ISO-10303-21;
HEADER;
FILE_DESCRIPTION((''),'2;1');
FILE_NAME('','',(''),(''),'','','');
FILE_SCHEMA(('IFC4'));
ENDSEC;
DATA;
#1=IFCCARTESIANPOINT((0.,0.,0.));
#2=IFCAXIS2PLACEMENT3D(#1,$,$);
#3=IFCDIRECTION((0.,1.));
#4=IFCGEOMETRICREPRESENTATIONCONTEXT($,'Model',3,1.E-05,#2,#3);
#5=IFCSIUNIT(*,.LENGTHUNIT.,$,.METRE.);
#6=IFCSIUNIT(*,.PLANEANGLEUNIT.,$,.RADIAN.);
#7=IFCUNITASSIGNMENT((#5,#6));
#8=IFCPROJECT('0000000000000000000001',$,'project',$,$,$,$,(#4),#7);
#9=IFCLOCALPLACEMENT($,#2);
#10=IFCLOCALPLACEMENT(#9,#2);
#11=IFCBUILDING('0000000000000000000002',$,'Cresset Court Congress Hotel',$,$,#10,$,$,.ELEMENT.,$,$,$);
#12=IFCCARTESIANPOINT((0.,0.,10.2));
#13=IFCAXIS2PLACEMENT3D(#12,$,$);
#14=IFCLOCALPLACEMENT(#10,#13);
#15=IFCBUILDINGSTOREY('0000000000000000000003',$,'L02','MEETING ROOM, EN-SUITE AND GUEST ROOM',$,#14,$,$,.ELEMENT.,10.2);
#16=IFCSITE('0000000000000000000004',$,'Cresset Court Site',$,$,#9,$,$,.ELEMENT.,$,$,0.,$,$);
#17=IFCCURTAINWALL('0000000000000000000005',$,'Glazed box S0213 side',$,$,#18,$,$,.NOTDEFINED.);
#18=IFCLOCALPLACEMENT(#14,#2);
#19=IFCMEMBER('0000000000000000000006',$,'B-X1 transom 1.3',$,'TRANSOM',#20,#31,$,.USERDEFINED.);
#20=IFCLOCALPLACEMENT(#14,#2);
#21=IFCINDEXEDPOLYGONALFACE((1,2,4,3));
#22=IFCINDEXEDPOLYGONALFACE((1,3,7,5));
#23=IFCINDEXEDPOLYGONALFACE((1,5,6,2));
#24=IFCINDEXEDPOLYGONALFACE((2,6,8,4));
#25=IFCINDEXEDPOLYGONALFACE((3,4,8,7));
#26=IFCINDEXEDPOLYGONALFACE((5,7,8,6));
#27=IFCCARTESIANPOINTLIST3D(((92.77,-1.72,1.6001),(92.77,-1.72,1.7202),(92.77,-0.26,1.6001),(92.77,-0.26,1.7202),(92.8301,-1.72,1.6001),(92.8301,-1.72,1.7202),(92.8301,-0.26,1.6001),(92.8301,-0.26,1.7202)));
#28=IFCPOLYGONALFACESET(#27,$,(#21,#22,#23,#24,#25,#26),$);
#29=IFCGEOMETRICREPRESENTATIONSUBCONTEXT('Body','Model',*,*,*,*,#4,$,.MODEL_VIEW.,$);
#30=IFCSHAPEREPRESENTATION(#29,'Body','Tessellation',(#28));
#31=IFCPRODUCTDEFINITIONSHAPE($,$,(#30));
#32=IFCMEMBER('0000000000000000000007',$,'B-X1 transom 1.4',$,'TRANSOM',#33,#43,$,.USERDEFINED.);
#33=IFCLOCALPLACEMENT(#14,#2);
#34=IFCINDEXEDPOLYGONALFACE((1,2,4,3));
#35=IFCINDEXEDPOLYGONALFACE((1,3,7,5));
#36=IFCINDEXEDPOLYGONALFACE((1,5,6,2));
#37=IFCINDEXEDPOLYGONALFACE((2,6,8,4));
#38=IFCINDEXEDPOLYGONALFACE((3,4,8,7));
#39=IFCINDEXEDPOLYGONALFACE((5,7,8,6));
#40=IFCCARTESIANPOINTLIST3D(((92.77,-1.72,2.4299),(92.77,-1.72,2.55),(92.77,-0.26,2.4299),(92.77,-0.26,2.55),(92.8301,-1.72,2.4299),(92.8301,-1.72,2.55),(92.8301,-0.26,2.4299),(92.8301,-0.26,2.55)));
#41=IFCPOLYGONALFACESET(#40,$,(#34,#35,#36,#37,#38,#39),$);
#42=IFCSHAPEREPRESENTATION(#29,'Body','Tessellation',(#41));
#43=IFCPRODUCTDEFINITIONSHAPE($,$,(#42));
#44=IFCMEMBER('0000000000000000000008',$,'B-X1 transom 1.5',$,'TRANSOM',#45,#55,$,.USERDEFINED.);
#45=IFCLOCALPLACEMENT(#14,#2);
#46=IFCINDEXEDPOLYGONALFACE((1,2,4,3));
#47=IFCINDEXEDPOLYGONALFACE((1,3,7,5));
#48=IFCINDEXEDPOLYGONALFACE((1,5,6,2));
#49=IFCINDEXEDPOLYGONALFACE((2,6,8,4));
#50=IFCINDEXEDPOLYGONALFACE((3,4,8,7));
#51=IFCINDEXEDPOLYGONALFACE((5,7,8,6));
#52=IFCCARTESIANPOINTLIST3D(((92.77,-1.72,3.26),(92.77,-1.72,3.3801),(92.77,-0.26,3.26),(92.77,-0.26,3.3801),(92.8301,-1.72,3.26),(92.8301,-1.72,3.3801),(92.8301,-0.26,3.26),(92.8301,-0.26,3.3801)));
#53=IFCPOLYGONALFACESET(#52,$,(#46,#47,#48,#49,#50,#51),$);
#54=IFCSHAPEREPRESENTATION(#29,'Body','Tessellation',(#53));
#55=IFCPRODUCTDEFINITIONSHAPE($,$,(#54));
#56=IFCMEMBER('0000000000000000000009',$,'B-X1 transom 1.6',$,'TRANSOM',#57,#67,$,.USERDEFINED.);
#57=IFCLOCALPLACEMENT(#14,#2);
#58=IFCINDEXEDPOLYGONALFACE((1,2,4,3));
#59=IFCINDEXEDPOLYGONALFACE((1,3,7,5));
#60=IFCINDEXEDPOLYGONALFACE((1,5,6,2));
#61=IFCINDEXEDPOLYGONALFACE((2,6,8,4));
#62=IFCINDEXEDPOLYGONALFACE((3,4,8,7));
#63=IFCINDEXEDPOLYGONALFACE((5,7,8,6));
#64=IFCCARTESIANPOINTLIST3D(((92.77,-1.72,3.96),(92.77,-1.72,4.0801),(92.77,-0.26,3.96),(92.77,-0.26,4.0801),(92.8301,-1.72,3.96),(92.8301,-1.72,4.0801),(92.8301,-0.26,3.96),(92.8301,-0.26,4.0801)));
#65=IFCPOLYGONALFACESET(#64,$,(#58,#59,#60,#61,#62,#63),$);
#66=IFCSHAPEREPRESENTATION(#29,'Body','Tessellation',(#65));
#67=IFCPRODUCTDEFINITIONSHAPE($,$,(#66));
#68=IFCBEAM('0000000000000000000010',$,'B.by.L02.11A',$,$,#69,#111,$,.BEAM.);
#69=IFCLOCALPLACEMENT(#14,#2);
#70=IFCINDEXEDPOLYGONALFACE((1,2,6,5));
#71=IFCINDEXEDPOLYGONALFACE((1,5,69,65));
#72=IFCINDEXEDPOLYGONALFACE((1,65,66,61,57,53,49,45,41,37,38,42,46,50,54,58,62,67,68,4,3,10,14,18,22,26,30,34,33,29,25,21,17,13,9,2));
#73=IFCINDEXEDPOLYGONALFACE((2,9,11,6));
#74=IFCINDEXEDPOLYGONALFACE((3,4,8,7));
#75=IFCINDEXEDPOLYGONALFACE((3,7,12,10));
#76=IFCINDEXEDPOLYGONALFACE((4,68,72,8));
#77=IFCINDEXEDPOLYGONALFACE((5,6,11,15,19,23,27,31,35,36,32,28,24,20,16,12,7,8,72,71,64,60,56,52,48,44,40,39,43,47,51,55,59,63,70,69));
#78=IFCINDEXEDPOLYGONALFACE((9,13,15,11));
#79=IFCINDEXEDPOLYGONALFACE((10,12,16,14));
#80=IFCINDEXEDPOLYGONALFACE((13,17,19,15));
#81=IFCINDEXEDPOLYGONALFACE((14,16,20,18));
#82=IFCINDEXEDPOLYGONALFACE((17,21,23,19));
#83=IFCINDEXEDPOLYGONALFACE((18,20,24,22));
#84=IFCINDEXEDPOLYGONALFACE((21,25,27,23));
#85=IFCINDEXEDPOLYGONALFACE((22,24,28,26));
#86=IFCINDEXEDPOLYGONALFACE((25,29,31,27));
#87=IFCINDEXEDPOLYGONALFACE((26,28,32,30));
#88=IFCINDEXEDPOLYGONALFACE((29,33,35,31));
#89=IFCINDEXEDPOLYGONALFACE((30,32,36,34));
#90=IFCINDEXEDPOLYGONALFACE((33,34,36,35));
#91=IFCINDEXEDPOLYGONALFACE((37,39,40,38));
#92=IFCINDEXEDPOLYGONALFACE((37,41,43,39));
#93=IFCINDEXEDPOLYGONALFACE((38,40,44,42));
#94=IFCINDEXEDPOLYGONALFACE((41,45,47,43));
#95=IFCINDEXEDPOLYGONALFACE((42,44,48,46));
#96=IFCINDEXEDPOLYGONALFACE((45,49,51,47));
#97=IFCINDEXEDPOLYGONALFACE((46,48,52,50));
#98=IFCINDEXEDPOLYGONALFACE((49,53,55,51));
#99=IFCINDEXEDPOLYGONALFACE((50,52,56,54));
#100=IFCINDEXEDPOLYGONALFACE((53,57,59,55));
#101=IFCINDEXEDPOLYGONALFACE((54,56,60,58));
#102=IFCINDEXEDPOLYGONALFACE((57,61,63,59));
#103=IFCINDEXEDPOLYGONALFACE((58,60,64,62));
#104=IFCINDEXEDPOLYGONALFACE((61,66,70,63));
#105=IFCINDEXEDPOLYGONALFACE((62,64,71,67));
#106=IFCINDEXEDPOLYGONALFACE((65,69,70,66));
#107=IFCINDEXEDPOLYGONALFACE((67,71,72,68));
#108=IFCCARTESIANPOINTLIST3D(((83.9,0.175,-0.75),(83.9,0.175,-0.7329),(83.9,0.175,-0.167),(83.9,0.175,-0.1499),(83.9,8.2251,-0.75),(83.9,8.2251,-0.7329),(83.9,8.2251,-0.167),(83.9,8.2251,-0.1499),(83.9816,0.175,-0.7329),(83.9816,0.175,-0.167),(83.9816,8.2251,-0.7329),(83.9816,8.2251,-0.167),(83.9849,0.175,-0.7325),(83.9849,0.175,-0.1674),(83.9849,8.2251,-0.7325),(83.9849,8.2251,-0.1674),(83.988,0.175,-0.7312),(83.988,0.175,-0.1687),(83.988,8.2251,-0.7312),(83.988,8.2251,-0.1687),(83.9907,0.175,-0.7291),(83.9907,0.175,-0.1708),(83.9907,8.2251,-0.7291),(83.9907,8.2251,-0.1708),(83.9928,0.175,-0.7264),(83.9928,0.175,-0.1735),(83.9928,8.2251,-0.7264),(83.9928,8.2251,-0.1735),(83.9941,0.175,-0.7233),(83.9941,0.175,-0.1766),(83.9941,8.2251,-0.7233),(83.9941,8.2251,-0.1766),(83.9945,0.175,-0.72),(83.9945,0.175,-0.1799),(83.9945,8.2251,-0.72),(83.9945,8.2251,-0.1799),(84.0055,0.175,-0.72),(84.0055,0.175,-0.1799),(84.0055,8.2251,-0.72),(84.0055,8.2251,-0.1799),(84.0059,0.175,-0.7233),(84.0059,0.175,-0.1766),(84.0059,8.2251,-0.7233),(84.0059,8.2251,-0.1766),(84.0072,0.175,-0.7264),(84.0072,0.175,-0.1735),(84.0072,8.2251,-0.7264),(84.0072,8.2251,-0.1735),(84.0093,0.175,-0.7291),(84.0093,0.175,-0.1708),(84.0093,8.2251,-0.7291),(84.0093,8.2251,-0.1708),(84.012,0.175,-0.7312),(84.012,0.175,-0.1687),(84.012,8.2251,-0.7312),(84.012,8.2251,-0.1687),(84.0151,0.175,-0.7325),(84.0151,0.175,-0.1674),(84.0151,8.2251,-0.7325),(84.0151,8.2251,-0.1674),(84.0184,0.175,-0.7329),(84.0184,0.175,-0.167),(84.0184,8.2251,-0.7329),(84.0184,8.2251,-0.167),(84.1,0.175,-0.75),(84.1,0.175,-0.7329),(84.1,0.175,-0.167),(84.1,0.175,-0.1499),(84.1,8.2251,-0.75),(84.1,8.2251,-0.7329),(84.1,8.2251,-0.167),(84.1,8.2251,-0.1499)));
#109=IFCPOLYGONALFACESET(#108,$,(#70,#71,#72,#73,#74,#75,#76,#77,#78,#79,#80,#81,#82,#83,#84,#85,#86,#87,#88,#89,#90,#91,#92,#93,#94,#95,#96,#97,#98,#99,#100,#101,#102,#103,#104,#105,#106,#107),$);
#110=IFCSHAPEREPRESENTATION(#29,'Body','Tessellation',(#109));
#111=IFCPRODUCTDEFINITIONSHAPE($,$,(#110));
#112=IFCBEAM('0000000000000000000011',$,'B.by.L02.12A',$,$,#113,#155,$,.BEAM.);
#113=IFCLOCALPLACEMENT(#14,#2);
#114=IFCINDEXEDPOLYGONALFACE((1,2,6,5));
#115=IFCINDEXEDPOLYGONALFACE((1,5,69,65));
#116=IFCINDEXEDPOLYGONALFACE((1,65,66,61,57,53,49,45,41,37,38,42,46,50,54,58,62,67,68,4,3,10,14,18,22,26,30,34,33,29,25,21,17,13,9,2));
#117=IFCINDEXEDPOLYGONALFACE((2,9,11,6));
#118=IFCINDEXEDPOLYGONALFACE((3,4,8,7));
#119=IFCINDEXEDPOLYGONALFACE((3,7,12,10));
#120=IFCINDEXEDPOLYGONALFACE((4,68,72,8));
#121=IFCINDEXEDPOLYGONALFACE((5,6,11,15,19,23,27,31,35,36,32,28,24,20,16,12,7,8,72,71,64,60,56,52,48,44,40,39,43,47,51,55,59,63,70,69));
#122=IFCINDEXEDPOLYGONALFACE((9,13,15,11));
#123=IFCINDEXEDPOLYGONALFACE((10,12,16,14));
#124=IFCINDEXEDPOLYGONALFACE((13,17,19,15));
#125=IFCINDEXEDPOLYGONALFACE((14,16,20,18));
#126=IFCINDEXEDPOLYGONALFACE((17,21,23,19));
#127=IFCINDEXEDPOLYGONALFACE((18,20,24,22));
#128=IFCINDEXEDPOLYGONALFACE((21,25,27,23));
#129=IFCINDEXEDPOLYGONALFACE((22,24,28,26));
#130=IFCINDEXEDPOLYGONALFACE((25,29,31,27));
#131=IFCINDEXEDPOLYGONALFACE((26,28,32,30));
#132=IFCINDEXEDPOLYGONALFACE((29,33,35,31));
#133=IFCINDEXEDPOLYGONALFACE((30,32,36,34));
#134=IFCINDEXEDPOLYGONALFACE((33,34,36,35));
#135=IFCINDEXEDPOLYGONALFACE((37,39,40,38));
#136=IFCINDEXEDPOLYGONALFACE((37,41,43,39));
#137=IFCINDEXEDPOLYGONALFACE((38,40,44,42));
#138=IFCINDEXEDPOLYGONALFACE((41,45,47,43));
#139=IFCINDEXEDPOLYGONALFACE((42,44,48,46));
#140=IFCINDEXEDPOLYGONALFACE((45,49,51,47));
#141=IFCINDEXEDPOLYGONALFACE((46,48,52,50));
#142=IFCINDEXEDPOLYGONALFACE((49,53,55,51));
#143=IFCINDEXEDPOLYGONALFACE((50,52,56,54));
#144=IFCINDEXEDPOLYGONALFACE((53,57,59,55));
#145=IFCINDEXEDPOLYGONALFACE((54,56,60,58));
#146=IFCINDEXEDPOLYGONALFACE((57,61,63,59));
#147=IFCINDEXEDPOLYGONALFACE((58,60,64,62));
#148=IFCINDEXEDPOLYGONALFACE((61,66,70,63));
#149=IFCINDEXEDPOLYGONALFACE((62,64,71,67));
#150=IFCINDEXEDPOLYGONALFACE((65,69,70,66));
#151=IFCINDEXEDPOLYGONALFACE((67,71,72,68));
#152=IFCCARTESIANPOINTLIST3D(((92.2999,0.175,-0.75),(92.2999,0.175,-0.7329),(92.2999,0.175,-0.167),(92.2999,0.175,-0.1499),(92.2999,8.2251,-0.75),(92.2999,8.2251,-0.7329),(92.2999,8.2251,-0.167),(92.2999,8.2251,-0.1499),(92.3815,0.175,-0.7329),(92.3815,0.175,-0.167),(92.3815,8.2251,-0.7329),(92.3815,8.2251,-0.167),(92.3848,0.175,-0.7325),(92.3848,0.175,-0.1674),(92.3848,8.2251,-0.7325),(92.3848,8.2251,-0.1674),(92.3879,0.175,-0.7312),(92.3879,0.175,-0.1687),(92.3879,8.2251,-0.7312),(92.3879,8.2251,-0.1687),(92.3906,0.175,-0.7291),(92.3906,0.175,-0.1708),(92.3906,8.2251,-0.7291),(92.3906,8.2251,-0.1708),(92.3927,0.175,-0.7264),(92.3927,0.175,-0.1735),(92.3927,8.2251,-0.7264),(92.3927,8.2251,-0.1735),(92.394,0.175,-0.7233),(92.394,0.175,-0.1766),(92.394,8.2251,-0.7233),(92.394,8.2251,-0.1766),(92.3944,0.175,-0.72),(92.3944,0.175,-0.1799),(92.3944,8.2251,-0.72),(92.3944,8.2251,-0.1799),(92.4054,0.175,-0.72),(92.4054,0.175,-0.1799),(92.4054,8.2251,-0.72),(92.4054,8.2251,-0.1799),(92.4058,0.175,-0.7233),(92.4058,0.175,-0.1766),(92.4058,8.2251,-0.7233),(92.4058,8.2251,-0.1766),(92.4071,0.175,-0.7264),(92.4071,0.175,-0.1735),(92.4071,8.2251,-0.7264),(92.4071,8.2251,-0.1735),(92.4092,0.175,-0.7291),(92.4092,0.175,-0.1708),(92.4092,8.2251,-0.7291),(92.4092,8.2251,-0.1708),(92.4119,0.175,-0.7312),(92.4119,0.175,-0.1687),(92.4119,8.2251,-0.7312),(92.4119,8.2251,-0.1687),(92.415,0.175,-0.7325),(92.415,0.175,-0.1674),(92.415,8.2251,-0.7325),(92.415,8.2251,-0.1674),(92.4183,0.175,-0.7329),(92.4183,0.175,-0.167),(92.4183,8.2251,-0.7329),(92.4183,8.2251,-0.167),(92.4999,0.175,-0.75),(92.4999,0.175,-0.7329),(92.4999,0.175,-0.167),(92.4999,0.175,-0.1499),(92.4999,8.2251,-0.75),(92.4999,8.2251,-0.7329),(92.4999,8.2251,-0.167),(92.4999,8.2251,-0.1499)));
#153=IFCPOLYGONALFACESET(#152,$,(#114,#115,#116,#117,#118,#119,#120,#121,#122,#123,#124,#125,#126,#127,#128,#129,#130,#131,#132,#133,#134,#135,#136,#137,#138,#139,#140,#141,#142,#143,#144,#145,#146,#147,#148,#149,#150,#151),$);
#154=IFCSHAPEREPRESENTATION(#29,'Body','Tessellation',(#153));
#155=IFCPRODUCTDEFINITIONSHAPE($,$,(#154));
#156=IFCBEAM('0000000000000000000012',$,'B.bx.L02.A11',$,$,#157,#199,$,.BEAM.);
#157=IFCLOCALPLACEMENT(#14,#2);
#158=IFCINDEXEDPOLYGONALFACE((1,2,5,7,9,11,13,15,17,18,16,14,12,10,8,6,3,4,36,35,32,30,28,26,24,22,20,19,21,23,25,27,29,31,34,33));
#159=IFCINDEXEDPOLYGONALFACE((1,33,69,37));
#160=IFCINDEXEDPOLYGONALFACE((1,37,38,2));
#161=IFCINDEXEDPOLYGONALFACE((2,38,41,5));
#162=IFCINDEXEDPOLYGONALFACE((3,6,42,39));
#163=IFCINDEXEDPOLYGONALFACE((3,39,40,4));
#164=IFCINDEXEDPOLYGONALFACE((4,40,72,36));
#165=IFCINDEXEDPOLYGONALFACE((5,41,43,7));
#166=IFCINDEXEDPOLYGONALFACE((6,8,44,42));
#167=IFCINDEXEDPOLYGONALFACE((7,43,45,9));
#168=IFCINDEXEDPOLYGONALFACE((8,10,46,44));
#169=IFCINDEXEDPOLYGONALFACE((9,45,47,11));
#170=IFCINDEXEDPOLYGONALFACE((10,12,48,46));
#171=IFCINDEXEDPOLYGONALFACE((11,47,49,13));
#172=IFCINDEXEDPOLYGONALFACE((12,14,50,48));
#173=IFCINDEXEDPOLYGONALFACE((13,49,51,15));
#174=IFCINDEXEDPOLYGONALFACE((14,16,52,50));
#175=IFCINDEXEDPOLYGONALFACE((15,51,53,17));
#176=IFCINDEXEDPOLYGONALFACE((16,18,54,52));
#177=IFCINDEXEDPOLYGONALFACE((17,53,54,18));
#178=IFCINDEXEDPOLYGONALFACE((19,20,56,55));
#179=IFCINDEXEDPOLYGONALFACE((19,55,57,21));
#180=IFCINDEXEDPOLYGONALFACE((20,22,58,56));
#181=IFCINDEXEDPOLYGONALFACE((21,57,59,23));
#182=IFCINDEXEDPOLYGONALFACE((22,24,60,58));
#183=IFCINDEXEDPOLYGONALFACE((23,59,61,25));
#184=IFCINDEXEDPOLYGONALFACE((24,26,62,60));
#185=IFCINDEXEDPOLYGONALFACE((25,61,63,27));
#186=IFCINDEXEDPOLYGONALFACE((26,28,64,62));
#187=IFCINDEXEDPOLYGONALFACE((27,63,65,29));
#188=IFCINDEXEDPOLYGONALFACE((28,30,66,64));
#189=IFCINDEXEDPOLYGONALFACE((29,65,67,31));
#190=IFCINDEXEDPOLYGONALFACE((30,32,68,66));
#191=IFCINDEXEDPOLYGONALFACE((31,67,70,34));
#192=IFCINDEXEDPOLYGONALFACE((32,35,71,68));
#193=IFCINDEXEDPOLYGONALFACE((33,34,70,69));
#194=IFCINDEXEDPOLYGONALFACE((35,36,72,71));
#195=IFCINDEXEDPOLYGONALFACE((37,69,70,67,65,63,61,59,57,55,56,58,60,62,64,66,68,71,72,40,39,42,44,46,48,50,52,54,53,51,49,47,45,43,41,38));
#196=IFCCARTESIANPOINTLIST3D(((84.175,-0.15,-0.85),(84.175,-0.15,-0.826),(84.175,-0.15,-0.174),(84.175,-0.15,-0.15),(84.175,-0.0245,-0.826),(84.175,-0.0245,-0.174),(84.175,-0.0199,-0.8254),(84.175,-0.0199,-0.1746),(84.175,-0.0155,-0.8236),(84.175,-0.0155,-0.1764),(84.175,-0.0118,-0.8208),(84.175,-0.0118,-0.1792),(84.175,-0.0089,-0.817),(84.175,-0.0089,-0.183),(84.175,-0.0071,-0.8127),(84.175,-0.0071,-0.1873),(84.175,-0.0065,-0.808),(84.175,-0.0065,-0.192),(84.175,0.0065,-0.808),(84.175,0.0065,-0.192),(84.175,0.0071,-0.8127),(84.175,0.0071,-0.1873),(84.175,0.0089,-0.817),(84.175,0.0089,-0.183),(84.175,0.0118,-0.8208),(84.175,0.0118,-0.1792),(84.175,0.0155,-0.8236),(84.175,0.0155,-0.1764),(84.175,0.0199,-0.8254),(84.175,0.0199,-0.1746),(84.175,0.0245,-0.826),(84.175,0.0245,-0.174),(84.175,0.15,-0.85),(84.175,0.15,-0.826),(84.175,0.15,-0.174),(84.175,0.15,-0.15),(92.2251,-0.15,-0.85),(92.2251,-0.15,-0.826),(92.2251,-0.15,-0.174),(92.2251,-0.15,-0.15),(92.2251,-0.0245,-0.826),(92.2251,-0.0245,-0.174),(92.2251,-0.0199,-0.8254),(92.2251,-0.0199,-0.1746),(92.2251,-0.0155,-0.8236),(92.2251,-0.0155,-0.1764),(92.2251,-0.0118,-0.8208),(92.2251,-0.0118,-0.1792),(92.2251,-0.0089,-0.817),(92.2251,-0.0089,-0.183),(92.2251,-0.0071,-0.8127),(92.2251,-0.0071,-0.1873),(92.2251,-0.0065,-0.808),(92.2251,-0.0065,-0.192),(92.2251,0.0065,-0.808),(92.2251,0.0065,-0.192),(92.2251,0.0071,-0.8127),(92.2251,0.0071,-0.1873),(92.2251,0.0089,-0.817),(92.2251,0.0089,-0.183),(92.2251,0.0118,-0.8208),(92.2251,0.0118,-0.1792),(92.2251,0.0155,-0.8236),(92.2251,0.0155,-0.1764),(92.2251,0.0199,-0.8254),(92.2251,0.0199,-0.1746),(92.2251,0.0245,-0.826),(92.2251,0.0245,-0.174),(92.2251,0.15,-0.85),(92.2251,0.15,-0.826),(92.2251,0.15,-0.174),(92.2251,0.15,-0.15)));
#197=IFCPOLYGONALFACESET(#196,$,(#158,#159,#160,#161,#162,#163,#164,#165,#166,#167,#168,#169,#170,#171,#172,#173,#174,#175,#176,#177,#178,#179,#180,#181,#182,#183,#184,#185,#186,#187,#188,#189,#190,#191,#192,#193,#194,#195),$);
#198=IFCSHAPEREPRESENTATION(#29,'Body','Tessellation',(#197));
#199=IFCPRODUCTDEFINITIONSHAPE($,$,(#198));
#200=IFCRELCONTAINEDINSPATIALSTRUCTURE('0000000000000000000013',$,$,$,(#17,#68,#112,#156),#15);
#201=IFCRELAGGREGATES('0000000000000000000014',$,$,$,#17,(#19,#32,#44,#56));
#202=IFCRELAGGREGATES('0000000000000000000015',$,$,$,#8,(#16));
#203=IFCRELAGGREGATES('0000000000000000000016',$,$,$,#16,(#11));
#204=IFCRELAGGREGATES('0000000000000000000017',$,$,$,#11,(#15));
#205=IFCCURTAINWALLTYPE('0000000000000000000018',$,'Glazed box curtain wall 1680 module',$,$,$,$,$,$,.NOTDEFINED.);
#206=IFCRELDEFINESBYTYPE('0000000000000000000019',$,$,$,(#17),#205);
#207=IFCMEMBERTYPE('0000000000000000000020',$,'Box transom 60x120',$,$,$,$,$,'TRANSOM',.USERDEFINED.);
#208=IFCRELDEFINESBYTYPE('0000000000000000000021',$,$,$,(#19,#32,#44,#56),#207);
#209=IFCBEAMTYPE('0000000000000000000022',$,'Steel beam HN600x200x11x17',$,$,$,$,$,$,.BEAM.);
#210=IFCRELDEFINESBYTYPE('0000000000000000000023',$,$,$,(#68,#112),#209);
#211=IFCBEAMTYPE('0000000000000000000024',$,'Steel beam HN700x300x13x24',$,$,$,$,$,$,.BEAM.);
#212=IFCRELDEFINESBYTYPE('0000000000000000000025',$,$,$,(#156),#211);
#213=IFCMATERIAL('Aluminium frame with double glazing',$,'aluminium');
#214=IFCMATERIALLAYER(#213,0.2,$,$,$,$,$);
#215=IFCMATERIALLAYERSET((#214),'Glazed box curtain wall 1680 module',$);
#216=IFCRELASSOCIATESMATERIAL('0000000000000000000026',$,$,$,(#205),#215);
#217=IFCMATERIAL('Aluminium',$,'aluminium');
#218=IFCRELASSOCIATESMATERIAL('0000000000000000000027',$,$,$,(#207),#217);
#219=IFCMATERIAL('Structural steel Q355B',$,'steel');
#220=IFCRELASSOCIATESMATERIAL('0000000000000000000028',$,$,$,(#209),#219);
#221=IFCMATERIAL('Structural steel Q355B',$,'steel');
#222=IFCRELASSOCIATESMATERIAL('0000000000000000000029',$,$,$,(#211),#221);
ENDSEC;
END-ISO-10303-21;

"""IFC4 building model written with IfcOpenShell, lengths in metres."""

from ifc_helpers import new_model, si_unit, direction, frame, origin, origin_2d, place, context, subcontext, project, spatial, rectangle, i_section, extrude, material, layer, layer_set, material_profile, profile_set, type_object, element, aggregate, save


model = new_model("IFC4")

# Units and contexts
model_context = context("Model", 3, precision=1e-05, world=origin(), true_north=direction((0.0, 1.0)))
body_context = subcontext(model_context, "Body", "Model", "MODEL_VIEW")
ifc_project = project(units=[si_unit("LENGTHUNIT", "METRE"), si_unit("PLANEANGLEUNIT", "RADIAN")], contexts=[model_context])

# Site, building, storey
site_placement = place(None, origin())
site = spatial("IfcSite", under=ifc_project, at=site_placement, Name="Cresset Court Site", CompositionType="ELEMENT", RefElevation=0.0)
building_placement = place(site_placement, origin())
building = spatial("IfcBuilding", under=site, at=building_placement, Name="Cresset Court Congress Hotel", CompositionType="ELEMENT")
storey_placement = place(building_placement, frame((0.0, 0.0, 10.2)))
storey = spatial("IfcBuildingStorey", under=building, at=storey_placement, Name="L02", Description="MEETING ROOM, EN-SUITE AND GUEST ROOM", CompositionType="ELEMENT", Elevation=10.2)

# Curtain wall, members
ifc_material_1 = material(Name="Aluminium frame with double glazing", Category="aluminium")
ifc_layer_1 = layer(ifc_material_1, 0.2)
ifc_layer_set_1 = layer_set([ifc_layer_1], Name="Glazed box curtain wall 1680 module")
curtain_wall_type = type_object("IfcCurtainWallType", Name="Glazed box curtain wall 1680 module", PredefinedType="NOTDEFINED", material=ifc_layer_set_1)
curtain_wall_1_placement = place(storey_placement, origin())
curtain_wall_1 = element("IfcCurtainWall", 1, at=curtain_wall_1_placement, inside=storey, type_object=curtain_wall_type, Name="Glazed box S0213 side", PredefinedType="NOTDEFINED")
ifc_material_2 = material(Name="Aluminium", Category="aluminium")
ifc_material_profile_1 = material_profile(ifc_material_2, rectangle(XDim=0.0601, YDim=0.1201, at=origin_2d()), Name="Box transom 60x120")
ifc_profile_set_1 = profile_set([ifc_material_profile_1], Name="Aluminium")
member_type_1 = type_object("IfcMemberType", Name="Box transom 60x120", ElementType="TRANSOM", PredefinedType="USERDEFINED", material=ifc_profile_set_1)
member_1_placement = place(storey_placement, frame((92.8, -0.26, 1.6602), z_axis=(0.0, -1.0, 0.0), x_axis=(1.0, 0.0, 0.0)))
member_1 = element("IfcMember", 2, at=member_1_placement, type_object=member_type_1, Name="B-X1 transom 1.3", ObjectType="TRANSOM", PredefinedType="USERDEFINED", context=body_context, shape_type="SweptSolid", body=[
    extrude(rectangle(XDim=0.0601, YDim=0.1201, at=origin_2d()), origin(), (0.0, 0.0, 1.0), 1.46),
])
member_2_placement = place(storey_placement, frame((92.8, -0.26, 2.49), z_axis=(0.0, -1.0, 0.0), x_axis=(1.0, 0.0, 0.0)))
member_2 = element("IfcMember", 3, at=member_2_placement, type_object=member_type_1, Name="B-X1 transom 1.4", ObjectType="TRANSOM", PredefinedType="USERDEFINED", context=body_context, shape_type="SweptSolid", body=[
    extrude(rectangle(XDim=0.0601, YDim=0.1201, at=origin_2d()), origin(), (0.0, 0.0, 1.0), 1.46),
])
member_3_placement = place(storey_placement, frame((92.8, -0.26, 3.3201), z_axis=(0.0, -1.0, 0.0), x_axis=(1.0, 0.0, 0.0)))
member_3 = element("IfcMember", 4, at=member_3_placement, type_object=member_type_1, Name="B-X1 transom 1.5", ObjectType="TRANSOM", PredefinedType="USERDEFINED", context=body_context, shape_type="SweptSolid", body=[
    extrude(rectangle(XDim=0.0601, YDim=0.1201, at=origin_2d()), origin(), (0.0, 0.0, 1.0), 1.46),
])
member_4_placement = place(storey_placement, frame((92.8, -0.26, 4.02), z_axis=(0.0, -1.0, 0.0), x_axis=(1.0, 0.0, 0.0)))
member_4 = element("IfcMember", 5, at=member_4_placement, type_object=member_type_1, Name="B-X1 transom 1.6", ObjectType="TRANSOM", PredefinedType="USERDEFINED", context=body_context, shape_type="SweptSolid", body=[
    extrude(rectangle(XDim=0.0601, YDim=0.1201, at=origin_2d()), origin(), (0.0, 0.0, 1.0), 1.46),
])
aggregate(curtain_wall_1, [member_1, member_2, member_3, member_4])

# Beams
ifc_material_3 = material(Name="Structural steel Q355B", Category="steel")
ifc_material_profile_2 = material_profile(ifc_material_3, i_section(OverallWidth=0.2, OverallDepth=0.6001, WebThickness=0.011, FlangeThickness=0.0171, FilletRadius=0.0129, at=origin_2d()), Name="HN600x200x11x17")
ifc_profile_set_2 = profile_set([ifc_material_profile_2], Name="Structural steel Q355B")
beam_type_1 = type_object("IfcBeamType", Name="Steel beam HN600x200x11x17", PredefinedType="BEAM", material=ifc_profile_set_2)
for number, where, z_axis, x_axis, name in (
    (6, (84.0, 0.175, -0.45), (0.0, 1.0, 0.0), (-1.0, 0.0, 0.0), "B.by.L02.11A"),
    (7, (92.3999, 0.175, -0.45), (0.0, 1.0, 0.0), (-1.0, 0.0, 0.0), "B.by.L02.12A"),
):
    element("IfcBeam", number, at=place(storey_placement, frame(where, z_axis=z_axis, x_axis=x_axis)), inside=storey, type_object=beam_type_1, Name=name, PredefinedType="BEAM", context=body_context, shape_type="SweptSolid", body=[
        extrude(i_section(OverallWidth=0.2, OverallDepth=0.6001, WebThickness=0.011, FlangeThickness=0.0171, FilletRadius=0.0129, at=origin_2d()), origin(), (0.0, 0.0, 1.0), 8.05),
    ])
ifc_material_4 = material(Name="Structural steel Q355B", Category="steel")
ifc_material_profile_3 = material_profile(ifc_material_4, i_section(OverallWidth=0.3, OverallDepth=0.7, WebThickness=0.0129, FlangeThickness=0.0239, FilletRadius=0.0181, at=origin_2d()), Name="HN700x300x13x24")
ifc_profile_set_3 = profile_set([ifc_material_profile_3], Name="Structural steel Q355B")
beam_type_2 = type_object("IfcBeamType", Name="Steel beam HN700x300x13x24", PredefinedType="BEAM", material=ifc_profile_set_3)
for number, where, z_axis, x_axis, name in (
    (8, (84.175, 0.0, -0.5), (1.0, 0.0, 0.0), (0.0, 1.0, 0.0), "B.bx.L02.A11"),
):
    element("IfcBeam", number, at=place(storey_placement, frame(where, z_axis=z_axis, x_axis=x_axis)), inside=storey, type_object=beam_type_2, Name=name, PredefinedType="BEAM", context=body_context, shape_type="SweptSolid", body=[
        extrude(i_section(OverallWidth=0.3, OverallDepth=0.7, WebThickness=0.0129, FlangeThickness=0.0239, FilletRadius=0.0181, at=origin_2d()), origin(), (0.0, 0.0, 1.0), 8.05),
    ])

save(model, "model.ifc")
